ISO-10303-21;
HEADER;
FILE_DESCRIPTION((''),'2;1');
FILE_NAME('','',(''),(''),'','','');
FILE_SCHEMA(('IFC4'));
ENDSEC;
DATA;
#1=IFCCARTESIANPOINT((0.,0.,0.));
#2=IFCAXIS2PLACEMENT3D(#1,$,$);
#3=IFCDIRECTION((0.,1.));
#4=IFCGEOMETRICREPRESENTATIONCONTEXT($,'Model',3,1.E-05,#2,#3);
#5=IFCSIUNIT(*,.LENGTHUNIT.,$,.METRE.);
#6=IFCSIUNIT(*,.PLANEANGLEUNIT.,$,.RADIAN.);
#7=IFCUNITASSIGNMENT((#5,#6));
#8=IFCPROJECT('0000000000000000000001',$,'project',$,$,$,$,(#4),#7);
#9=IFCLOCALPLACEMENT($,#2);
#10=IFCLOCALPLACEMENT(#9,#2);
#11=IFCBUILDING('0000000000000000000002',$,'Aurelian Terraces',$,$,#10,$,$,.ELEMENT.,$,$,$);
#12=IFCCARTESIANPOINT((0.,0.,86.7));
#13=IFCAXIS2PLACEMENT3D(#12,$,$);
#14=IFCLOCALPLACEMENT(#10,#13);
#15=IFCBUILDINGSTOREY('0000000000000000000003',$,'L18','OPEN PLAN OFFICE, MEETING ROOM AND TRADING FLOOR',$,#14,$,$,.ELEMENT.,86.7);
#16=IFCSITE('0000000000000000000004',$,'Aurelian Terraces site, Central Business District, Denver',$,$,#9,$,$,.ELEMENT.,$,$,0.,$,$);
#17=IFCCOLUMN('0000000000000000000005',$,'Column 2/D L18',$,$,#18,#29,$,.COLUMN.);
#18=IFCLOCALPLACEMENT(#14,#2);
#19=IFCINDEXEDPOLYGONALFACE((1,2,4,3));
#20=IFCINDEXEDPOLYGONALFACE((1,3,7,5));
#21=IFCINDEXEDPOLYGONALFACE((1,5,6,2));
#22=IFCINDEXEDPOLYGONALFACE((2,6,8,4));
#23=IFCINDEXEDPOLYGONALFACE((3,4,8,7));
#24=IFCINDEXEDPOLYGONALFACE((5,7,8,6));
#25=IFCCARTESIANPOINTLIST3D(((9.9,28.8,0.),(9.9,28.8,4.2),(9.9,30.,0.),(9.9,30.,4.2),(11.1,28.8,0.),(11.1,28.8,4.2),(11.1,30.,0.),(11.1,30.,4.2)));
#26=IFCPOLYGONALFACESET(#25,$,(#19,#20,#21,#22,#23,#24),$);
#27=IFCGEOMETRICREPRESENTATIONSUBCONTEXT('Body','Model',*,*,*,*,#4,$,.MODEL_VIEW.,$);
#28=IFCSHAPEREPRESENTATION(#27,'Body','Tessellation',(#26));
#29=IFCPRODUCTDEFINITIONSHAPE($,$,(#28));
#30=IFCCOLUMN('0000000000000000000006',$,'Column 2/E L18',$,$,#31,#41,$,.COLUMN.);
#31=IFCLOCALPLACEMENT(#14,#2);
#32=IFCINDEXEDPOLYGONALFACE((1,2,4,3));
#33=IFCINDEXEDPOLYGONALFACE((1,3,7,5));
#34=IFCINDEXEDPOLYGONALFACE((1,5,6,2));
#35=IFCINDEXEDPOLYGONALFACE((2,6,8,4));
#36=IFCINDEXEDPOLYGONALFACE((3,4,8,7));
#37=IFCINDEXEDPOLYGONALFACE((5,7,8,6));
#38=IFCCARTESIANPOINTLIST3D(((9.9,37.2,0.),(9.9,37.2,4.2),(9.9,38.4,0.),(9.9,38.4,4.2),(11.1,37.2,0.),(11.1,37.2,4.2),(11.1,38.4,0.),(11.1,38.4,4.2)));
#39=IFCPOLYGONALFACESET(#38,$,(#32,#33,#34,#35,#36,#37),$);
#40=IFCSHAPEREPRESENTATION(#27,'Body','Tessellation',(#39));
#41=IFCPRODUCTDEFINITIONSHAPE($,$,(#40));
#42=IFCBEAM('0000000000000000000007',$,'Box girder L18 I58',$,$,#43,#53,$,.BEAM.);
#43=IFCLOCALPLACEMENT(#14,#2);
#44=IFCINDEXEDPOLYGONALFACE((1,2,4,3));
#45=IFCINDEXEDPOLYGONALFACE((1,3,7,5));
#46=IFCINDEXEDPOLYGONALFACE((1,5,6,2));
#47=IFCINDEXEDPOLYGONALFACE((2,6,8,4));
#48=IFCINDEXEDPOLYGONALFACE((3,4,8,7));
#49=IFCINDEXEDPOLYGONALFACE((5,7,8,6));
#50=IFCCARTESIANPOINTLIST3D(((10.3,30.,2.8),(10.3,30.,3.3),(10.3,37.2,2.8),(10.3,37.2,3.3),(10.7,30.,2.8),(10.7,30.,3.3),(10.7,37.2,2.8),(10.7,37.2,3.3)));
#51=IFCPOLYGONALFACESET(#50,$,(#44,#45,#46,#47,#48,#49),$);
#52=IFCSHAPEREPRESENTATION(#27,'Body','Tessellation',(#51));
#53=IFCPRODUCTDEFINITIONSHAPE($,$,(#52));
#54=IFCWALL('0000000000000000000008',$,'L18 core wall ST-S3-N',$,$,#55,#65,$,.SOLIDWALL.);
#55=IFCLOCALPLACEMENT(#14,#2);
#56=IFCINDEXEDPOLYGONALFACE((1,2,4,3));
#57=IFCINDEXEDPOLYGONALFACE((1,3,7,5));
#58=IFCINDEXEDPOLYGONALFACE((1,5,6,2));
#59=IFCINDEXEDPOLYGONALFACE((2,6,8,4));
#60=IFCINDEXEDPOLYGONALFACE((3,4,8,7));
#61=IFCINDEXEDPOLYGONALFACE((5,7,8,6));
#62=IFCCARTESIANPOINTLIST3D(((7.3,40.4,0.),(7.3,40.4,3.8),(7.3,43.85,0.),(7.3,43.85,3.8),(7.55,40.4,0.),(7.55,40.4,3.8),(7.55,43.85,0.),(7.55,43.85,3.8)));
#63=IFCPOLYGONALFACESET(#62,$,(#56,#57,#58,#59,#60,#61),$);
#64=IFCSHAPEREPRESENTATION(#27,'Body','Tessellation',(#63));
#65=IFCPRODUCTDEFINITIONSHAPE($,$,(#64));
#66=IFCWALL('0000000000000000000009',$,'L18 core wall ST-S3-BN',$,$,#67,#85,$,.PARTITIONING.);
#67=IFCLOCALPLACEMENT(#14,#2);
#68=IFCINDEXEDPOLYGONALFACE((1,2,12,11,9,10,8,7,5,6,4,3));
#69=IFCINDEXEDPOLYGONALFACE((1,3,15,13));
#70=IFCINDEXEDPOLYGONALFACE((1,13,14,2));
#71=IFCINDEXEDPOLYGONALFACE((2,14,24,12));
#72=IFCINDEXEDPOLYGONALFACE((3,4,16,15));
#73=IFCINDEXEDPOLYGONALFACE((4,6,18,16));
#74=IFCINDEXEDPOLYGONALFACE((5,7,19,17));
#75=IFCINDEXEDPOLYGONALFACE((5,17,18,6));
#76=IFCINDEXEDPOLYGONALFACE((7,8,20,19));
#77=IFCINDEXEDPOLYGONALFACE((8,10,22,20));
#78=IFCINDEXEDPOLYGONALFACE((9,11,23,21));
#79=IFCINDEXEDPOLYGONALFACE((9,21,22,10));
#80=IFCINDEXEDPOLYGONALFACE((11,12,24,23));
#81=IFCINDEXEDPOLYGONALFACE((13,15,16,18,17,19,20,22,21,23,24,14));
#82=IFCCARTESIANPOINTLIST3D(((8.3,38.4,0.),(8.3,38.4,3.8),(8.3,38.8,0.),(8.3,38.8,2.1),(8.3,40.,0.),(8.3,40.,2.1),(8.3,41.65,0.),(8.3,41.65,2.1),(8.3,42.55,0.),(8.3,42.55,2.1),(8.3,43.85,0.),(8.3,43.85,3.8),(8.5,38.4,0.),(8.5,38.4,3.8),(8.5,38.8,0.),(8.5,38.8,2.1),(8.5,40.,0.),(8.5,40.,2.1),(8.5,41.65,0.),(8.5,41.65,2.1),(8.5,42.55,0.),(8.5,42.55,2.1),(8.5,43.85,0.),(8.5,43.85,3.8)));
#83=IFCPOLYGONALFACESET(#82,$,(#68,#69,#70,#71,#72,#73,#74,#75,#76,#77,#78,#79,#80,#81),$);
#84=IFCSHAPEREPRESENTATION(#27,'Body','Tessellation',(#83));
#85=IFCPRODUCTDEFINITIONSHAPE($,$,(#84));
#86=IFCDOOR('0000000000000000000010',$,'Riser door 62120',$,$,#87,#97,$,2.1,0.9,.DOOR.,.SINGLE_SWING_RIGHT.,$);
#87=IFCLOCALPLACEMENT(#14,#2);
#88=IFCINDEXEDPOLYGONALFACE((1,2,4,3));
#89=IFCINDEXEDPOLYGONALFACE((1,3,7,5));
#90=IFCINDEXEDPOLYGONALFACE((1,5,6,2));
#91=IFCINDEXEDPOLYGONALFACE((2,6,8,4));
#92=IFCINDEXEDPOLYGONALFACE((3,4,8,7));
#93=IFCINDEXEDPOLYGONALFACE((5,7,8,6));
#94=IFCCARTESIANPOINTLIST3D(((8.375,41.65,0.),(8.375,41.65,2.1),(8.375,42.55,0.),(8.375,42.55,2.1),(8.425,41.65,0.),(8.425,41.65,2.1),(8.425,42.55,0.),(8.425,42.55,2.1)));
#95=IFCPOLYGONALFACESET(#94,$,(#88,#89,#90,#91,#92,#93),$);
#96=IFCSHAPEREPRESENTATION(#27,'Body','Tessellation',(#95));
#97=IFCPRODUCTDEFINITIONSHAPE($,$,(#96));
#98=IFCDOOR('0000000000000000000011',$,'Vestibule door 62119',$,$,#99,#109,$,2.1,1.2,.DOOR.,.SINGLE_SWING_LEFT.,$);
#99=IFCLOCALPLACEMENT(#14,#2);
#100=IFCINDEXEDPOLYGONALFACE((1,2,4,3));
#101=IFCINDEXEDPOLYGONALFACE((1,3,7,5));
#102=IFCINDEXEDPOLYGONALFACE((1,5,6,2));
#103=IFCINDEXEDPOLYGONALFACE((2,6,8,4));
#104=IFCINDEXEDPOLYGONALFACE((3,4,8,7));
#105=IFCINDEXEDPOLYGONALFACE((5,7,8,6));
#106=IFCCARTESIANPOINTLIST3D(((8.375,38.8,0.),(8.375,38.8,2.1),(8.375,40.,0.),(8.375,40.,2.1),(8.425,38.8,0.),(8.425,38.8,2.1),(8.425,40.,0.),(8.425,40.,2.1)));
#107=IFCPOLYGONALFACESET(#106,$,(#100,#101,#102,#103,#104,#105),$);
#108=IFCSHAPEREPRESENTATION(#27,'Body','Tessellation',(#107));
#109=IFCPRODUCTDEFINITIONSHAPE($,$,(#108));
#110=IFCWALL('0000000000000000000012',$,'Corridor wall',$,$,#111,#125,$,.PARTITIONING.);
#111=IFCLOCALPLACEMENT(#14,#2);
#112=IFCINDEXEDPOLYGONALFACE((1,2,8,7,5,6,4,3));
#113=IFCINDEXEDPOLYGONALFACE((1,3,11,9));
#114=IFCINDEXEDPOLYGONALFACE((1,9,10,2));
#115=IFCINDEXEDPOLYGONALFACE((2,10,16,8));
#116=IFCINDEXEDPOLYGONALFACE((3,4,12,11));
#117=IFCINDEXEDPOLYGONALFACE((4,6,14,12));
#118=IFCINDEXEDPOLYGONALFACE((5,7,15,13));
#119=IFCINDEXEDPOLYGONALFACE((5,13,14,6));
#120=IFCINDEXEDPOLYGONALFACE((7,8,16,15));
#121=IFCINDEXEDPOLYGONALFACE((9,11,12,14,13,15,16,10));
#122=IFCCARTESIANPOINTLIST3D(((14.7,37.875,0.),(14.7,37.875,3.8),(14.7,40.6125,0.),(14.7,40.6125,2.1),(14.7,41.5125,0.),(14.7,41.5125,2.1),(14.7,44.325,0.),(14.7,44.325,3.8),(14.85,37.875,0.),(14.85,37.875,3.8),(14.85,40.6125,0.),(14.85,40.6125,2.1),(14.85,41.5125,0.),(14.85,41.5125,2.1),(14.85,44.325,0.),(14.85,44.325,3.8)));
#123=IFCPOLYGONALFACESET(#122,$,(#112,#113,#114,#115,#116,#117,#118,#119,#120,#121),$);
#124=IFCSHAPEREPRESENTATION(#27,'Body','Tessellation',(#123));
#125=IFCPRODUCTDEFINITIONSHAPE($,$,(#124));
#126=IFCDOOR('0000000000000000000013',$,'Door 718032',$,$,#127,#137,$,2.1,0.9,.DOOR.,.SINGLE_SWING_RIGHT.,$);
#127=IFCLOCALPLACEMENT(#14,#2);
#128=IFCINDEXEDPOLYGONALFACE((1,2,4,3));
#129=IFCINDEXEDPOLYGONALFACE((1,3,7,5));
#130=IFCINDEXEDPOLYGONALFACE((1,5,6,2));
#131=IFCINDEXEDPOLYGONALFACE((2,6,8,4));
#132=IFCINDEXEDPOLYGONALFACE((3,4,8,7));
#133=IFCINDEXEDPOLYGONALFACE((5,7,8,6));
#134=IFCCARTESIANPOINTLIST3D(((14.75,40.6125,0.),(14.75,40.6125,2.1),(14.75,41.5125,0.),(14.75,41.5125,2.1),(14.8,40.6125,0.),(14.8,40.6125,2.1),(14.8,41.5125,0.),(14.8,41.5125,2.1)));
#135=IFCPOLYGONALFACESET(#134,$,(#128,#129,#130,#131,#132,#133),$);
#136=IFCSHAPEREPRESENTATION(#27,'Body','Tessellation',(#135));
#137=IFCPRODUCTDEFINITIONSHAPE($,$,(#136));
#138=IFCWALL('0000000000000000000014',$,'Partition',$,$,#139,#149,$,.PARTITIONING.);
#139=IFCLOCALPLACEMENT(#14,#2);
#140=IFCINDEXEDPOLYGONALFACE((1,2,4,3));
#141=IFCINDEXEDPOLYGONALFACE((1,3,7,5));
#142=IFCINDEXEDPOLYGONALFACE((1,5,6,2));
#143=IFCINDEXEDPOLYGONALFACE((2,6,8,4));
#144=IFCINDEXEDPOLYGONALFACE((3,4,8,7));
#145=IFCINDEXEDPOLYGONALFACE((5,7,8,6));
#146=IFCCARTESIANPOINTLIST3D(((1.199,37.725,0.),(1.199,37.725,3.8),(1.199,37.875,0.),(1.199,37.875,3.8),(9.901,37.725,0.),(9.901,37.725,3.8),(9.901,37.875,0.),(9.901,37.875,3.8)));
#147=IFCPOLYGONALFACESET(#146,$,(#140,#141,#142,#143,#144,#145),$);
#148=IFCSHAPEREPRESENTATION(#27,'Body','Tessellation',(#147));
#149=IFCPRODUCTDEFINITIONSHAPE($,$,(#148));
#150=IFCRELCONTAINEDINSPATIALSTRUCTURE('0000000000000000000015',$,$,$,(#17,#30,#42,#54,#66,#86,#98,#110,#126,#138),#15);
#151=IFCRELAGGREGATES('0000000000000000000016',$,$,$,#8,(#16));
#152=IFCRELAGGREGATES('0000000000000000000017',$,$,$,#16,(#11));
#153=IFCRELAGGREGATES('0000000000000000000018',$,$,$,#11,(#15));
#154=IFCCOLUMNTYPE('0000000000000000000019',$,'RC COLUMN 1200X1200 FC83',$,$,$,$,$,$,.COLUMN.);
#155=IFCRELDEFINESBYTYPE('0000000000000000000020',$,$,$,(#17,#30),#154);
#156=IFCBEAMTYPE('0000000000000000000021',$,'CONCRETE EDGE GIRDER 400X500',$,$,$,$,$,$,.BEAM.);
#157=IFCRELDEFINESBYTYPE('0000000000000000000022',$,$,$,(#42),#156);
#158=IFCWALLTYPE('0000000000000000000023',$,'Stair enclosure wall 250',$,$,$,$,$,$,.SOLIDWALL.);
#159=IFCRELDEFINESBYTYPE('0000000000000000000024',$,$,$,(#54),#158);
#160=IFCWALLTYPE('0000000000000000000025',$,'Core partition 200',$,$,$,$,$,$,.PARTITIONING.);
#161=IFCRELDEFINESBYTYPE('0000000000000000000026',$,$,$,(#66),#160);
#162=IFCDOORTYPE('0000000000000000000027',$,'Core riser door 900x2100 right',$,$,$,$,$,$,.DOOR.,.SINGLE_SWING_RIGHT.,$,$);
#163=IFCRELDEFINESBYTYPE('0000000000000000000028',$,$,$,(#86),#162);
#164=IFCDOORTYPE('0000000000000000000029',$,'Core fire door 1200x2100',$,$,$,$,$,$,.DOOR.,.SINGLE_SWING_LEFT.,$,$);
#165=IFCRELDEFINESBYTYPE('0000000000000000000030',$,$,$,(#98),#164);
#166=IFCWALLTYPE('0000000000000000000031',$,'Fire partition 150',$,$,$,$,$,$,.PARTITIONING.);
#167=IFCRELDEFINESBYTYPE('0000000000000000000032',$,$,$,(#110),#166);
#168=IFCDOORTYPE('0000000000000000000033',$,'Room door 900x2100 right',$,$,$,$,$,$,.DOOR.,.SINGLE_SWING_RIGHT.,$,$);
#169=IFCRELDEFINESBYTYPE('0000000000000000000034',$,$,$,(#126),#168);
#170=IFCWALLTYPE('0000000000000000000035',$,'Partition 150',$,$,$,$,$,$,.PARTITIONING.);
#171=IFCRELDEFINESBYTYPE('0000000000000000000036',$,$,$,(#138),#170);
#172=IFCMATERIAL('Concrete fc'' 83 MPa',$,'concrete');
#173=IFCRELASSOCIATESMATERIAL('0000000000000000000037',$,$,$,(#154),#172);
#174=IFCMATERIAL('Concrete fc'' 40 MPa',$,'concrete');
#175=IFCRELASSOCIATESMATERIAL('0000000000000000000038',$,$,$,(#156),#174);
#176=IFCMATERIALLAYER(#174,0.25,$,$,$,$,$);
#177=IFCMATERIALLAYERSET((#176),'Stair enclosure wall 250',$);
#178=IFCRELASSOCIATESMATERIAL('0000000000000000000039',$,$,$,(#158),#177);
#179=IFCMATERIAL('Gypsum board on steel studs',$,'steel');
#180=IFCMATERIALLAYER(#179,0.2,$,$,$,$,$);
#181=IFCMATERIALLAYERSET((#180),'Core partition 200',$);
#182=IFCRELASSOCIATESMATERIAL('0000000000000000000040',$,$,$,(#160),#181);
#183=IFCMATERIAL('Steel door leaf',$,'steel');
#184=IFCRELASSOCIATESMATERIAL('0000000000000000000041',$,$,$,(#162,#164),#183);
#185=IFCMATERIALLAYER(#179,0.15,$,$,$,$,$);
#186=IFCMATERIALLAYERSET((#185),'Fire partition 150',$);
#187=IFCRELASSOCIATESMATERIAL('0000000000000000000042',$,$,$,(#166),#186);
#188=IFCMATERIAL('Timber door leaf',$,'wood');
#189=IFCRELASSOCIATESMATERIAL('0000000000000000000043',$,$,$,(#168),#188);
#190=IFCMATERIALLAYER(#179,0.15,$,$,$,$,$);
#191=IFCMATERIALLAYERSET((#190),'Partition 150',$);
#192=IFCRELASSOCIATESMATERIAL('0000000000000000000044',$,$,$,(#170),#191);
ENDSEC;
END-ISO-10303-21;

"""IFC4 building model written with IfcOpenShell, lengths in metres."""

from ifc_helpers import new_model, si_unit, direction, frame, frame_2d, origin, origin_2d, place, context, subcontext, project, spatial, rectangle, extrude, source, transform, mapped, material, layer, layer_set, material_profile, profile_set, type_object, element, fill, save


model = new_model("IFC4")

# Units and contexts
model_context = context("Model", 3, precision=1e-05, world=origin(), true_north=direction((0.0, 1.0)))
body_context = subcontext(model_context, "Body", "Model", "MODEL_VIEW")
ifc_project = project(units=[si_unit("LENGTHUNIT", "METRE"), si_unit("PLANEANGLEUNIT", "RADIAN")], contexts=[model_context])

# Site, building, storey
site_placement = place(None, origin())
site = spatial("IfcSite", under=ifc_project, at=site_placement, Name="Aurelian Terraces site, Central Business District, Denver", CompositionType="ELEMENT", RefElevation=0.0)
building_placement = place(site_placement, origin())
building = spatial("IfcBuilding", under=site, at=building_placement, Name="Aurelian Terraces", CompositionType="ELEMENT")
storey_placement = place(building_placement, frame((0.0, 0.0, 86.7)))
storey = spatial("IfcBuildingStorey", under=building, at=storey_placement, Name="L18", Description="OPEN PLAN OFFICE, MEETING ROOM AND TRADING FLOOR", CompositionType="ELEMENT", Elevation=86.7)

# Columns
ifc_material_1 = material(Name="Concrete fc' 83 MPa", Category="concrete")
ifc_material_profile_1 = material_profile(ifc_material_1, rectangle(XDim=1.2, YDim=1.2, at=origin_2d()))
ifc_profile_set_1 = profile_set([ifc_material_profile_1], Name="Concrete fc' 83 MPa")
column_type = type_object("IfcColumnType", Name="RC COLUMN 1200X1200 FC83", PredefinedType="COLUMN", material=ifc_profile_set_1)
shared_shape_1 = source(origin(), body_context, "Body", "SweptSolid", [
    extrude(rectangle(XDim=1.2, YDim=1.2, at=origin_2d()), origin(), (0.0, 0.0, 1.0), 4.2),
])
for number, where, z_axis, x_axis, name in (
    (1, (10.5, 29.4, 0.0), (0.0, 0.0, 1.0), (1.0, 0.0, 0.0), "Column 2/D L18"),
    (2, (10.5, 37.8, 0.0), (0.0, 0.0, 1.0), (1.0, 0.0, 0.0), "Column 2/E L18"),
):
    element("IfcColumn", number, at=place(storey_placement, frame(where, z_axis=z_axis, x_axis=x_axis)), inside=storey, type_object=column_type, Name=name, PredefinedType="COLUMN", context=body_context, shape_type="MappedRepresentation", body=[
        mapped(shared_shape_1, transform((0.0, 0.0, 0.0), scale=1.0)),
    ])

# Beam
ifc_material_2 = material(Name="Concrete fc' 40 MPa", Category="concrete")
ifc_material_profile_2 = material_profile(ifc_material_2, rectangle(XDim=0.4, YDim=0.5, at=origin_2d()))
ifc_profile_set_2 = profile_set([ifc_material_profile_2], Name="Concrete fc' 40 MPa")
beam_type = type_object("IfcBeamType", Name="CONCRETE EDGE GIRDER 400X500", PredefinedType="BEAM", material=ifc_profile_set_2)
shared_shape_2 = source(origin(), body_context, "Body", "SweptSolid", [
    extrude(rectangle(XDim=0.4, YDim=0.5, at=origin_2d()), origin(), (0.0, 0.0, 1.0), 7.2),
])
beam_placement = place(storey_placement, frame((10.5, 30.0, 3.05), z_axis=(0.0, 1.0, 0.0), x_axis=(-1.0, 0.0, 0.0)))
element("IfcBeam", 3, at=beam_placement, inside=storey, type_object=beam_type, Name="Box girder L18 I58", PredefinedType="BEAM", context=body_context, shape_type="MappedRepresentation", body=[
    mapped(shared_shape_2, transform((0.0, 0.0, 0.0), scale=1.0)),
])

# Wall
ifc_layer_1 = layer(ifc_material_2, 0.25)
ifc_layer_set_1 = layer_set([ifc_layer_1], Name="Stair enclosure wall 250")
wall_type_1 = type_object("IfcWallType", Name="Stair enclosure wall 250", PredefinedType="SOLIDWALL", material=ifc_layer_set_1)
shared_shape_3 = source(origin(), body_context, "Body", "SweptSolid", [
    extrude(rectangle(XDim=3.45, YDim=0.25, at=frame_2d((1.725, 0.0))), origin(), (0.0, 0.0, 1.0), 3.8),
])
wall_1_placement = place(storey_placement, frame((7.425, 40.4, 0.0), z_axis=(0.0, 0.0, 1.0), x_axis=(0.0, 1.0, 0.0)))
element("IfcWall", 4, at=wall_1_placement, inside=storey, type_object=wall_type_1, Name="L18 core wall ST-S3-N", PredefinedType="SOLIDWALL", context=body_context, shape_type="MappedRepresentation", body=[
    mapped(shared_shape_3, transform((0.0, 0.0, 0.0), scale=1.0)),
])

# Wall, openings, doors
ifc_material_3 = material(Name="Gypsum board on steel studs", Category="steel")
ifc_layer_2 = layer(ifc_material_3, 0.2)
ifc_layer_set_2 = layer_set([ifc_layer_2], Name="Core partition 200")
wall_type_2 = type_object("IfcWallType", Name="Core partition 200", PredefinedType="PARTITIONING", material=ifc_layer_set_2)
shared_shape_4 = source(origin(), body_context, "Body", "SweptSolid", [
    extrude(rectangle(XDim=5.45, YDim=0.2, at=frame_2d((2.725, 0.0))), origin(), (0.0, 0.0, 1.0), 3.8),
])
wall_2_placement = place(storey_placement, frame((8.4, 38.4, 0.0), z_axis=(0.0, 0.0, 1.0), x_axis=(0.0, 1.0, 0.0)))
wall_2 = element("IfcWall", 5, at=wall_2_placement, inside=storey, type_object=wall_type_2, Name="L18 core wall ST-S3-BN", PredefinedType="PARTITIONING", context=body_context, shape_type="MappedRepresentation", body=[
    mapped(shared_shape_4, transform((0.0, 0.0, 0.0), scale=1.0)),
])
shared_shape_5 = source(origin(), body_context, "Body", "SweptSolid", [
    extrude(rectangle(XDim=1.2, YDim=2.1, at=frame_2d((0.6, 1.05))), frame((0.0, 0.11, 0.0), z_axis=(0.0, -1.0, 0.0), x_axis=(1.0, 0.0, 0.0)), (0.0, 0.0, 1.0), 0.22),
])
opening_1_placement = place(wall_2_placement, frame((0.4, 0.0, 0.0)))
opening_1 = element("IfcOpeningElement", 6, at=opening_1_placement, cuts=wall_2, PredefinedType="OPENING", context=body_context, shape_type="MappedRepresentation", body=[
    mapped(shared_shape_5, transform((0.0, 0.0, 0.0), scale=1.0)),
])
shared_shape_6 = source(origin(), body_context, "Body", "SweptSolid", [
    extrude(rectangle(XDim=0.9, YDim=2.1, at=frame_2d((0.45, 1.05))), frame((0.0, 0.11, 0.0), z_axis=(0.0, -1.0, 0.0), x_axis=(1.0, 0.0, 0.0)), (0.0, 0.0, 1.0), 0.22),
])
opening_2_placement = place(wall_2_placement, frame((3.25, 0.0, 0.0)))
opening_2 = element("IfcOpeningElement", 7, at=opening_2_placement, cuts=wall_2, PredefinedType="OPENING", context=body_context, shape_type="MappedRepresentation", body=[
    mapped(shared_shape_6, transform((0.0, 0.0, 0.0), scale=1.0)),
])
ifc_material_4 = material(Name="Steel door leaf", Category="steel")
door_type_1 = type_object("IfcDoorType", Name="Core riser door 900x2100 right", OperationType="SINGLE_SWING_RIGHT", PredefinedType="DOOR", material=ifc_material_4)
shared_shape_7 = source(origin(), body_context, "Body", "SweptSolid", [
    extrude(rectangle(XDim=0.9, YDim=2.1, at=frame_2d((0.45, 1.05))), frame((0.0, 0.025, 0.0), z_axis=(0.0, -1.0, 0.0), x_axis=(1.0, 0.0, 0.0)), (0.0, 0.0, 1.0), 0.05),
])
door_1_placement = place(opening_2_placement, origin())
door_1 = element("IfcDoor", 8, at=door_1_placement, inside=storey, type_object=door_type_1, Name="Riser door 62120", OperationType="SINGLE_SWING_RIGHT", OverallHeight=2.1, OverallWidth=0.9, PredefinedType="DOOR", context=body_context, shape_type="MappedRepresentation", body=[
    mapped(shared_shape_7, transform((0.0, 0.0, 0.0), scale=1.0)),
])
fill(opening_2, door_1)
door_type_2 = type_object("IfcDoorType", Name="Core fire door 1200x2100", OperationType="SINGLE_SWING_LEFT", PredefinedType="DOOR", material=ifc_material_4)
shared_shape_8 = source(origin(), body_context, "Body", "SweptSolid", [
    extrude(rectangle(XDim=1.2, YDim=2.1, at=frame_2d((0.6, 1.05))), frame((0.0, 0.025, 0.0), z_axis=(0.0, -1.0, 0.0), x_axis=(1.0, 0.0, 0.0)), (0.0, 0.0, 1.0), 0.05),
])
door_2_placement = place(opening_1_placement, origin())
door_2 = element("IfcDoor", 9, at=door_2_placement, inside=storey, type_object=door_type_2, Name="Vestibule door 62119", OperationType="SINGLE_SWING_LEFT", OverallHeight=2.1, OverallWidth=1.2, PredefinedType="DOOR", context=body_context, shape_type="MappedRepresentation", body=[
    mapped(shared_shape_8, transform((0.0, 0.0, 0.0), scale=1.0)),
])
fill(opening_1, door_2)

# Wall, opening, door
ifc_layer_3 = layer(ifc_material_3, 0.15)
ifc_layer_set_3 = layer_set([ifc_layer_3], Name="Fire partition 150")
wall_type_3 = type_object("IfcWallType", Name="Fire partition 150", PredefinedType="PARTITIONING", material=ifc_layer_set_3)
shared_shape_9 = source(origin(), body_context, "Body", "SweptSolid", [
    extrude(rectangle(XDim=6.45, YDim=0.15, at=frame_2d((3.225, 0.0))), origin(), (0.0, 0.0, 1.0), 3.8),
])
wall_3_placement = place(storey_placement, frame((14.775, 37.875, 0.0), z_axis=(0.0, 0.0, 1.0), x_axis=(0.0, 1.0, 0.0)))
wall_3 = element("IfcWall", 10, at=wall_3_placement, inside=storey, type_object=wall_type_3, Name="Corridor wall", PredefinedType="PARTITIONING", context=body_context, shape_type="MappedRepresentation", body=[
    mapped(shared_shape_9, transform((0.0, 0.0, 0.0), scale=1.0)),
])
shared_shape_10 = source(origin(), body_context, "Body", "SweptSolid", [
    extrude(rectangle(XDim=0.9, YDim=2.1, at=frame_2d((0.45, 1.05))), frame((0.0, 0.085, 0.0), z_axis=(0.0, -1.0, 0.0), x_axis=(1.0, 0.0, 0.0)), (0.0, 0.0, 1.0), 0.17),
])
opening_3_placement = place(wall_3_placement, frame((2.7375, 0.0, 0.0)))
opening_3 = element("IfcOpeningElement", 11, at=opening_3_placement, cuts=wall_3, PredefinedType="OPENING", context=body_context, shape_type="MappedRepresentation", body=[
    mapped(shared_shape_10, transform((0.0, 0.0, 0.0), scale=1.0)),
])
ifc_material_5 = material(Name="Timber door leaf", Category="wood")
door_type_3 = type_object("IfcDoorType", Name="Room door 900x2100 right", OperationType="SINGLE_SWING_RIGHT", PredefinedType="DOOR", material=ifc_material_5)
door_3_placement = place(opening_3_placement, origin())
door_3 = element("IfcDoor", 12, at=door_3_placement, inside=storey, type_object=door_type_3, Name="Door 718032", OperationType="SINGLE_SWING_RIGHT", OverallHeight=2.1, OverallWidth=0.9, PredefinedType="DOOR", context=body_context, shape_type="MappedRepresentation", body=[
    mapped(shared_shape_7, transform((0.0, 0.0, 0.0), scale=1.0)),
])
fill(opening_3, door_3)

# Wall
ifc_layer_4 = layer(ifc_material_3, 0.15)
ifc_layer_set_4 = layer_set([ifc_layer_4], Name="Partition 150")
wall_type_4 = type_object("IfcWallType", Name="Partition 150", PredefinedType="PARTITIONING", material=ifc_layer_set_4)
shared_shape_11 = source(origin(), body_context, "Body", "SweptSolid", [
    extrude(rectangle(XDim=8.702, YDim=0.15, at=frame_2d((4.351, 0.0))), origin(), (0.0, 0.0, 1.0), 3.8),
])
wall_4_placement = place(storey_placement, frame((9.901, 37.8, 0.0), z_axis=(0.0, 0.0, 1.0), x_axis=(-1.0, 0.0, 0.0)))
element("IfcWall", 13, at=wall_4_placement, inside=storey, type_object=wall_type_4, Name="Partition", PredefinedType="PARTITIONING", context=body_context, shape_type="MappedRepresentation", body=[
    mapped(shared_shape_11, transform((0.0, 0.0, 0.0), scale=1.0)),
])

save(model, "model.ifc")
